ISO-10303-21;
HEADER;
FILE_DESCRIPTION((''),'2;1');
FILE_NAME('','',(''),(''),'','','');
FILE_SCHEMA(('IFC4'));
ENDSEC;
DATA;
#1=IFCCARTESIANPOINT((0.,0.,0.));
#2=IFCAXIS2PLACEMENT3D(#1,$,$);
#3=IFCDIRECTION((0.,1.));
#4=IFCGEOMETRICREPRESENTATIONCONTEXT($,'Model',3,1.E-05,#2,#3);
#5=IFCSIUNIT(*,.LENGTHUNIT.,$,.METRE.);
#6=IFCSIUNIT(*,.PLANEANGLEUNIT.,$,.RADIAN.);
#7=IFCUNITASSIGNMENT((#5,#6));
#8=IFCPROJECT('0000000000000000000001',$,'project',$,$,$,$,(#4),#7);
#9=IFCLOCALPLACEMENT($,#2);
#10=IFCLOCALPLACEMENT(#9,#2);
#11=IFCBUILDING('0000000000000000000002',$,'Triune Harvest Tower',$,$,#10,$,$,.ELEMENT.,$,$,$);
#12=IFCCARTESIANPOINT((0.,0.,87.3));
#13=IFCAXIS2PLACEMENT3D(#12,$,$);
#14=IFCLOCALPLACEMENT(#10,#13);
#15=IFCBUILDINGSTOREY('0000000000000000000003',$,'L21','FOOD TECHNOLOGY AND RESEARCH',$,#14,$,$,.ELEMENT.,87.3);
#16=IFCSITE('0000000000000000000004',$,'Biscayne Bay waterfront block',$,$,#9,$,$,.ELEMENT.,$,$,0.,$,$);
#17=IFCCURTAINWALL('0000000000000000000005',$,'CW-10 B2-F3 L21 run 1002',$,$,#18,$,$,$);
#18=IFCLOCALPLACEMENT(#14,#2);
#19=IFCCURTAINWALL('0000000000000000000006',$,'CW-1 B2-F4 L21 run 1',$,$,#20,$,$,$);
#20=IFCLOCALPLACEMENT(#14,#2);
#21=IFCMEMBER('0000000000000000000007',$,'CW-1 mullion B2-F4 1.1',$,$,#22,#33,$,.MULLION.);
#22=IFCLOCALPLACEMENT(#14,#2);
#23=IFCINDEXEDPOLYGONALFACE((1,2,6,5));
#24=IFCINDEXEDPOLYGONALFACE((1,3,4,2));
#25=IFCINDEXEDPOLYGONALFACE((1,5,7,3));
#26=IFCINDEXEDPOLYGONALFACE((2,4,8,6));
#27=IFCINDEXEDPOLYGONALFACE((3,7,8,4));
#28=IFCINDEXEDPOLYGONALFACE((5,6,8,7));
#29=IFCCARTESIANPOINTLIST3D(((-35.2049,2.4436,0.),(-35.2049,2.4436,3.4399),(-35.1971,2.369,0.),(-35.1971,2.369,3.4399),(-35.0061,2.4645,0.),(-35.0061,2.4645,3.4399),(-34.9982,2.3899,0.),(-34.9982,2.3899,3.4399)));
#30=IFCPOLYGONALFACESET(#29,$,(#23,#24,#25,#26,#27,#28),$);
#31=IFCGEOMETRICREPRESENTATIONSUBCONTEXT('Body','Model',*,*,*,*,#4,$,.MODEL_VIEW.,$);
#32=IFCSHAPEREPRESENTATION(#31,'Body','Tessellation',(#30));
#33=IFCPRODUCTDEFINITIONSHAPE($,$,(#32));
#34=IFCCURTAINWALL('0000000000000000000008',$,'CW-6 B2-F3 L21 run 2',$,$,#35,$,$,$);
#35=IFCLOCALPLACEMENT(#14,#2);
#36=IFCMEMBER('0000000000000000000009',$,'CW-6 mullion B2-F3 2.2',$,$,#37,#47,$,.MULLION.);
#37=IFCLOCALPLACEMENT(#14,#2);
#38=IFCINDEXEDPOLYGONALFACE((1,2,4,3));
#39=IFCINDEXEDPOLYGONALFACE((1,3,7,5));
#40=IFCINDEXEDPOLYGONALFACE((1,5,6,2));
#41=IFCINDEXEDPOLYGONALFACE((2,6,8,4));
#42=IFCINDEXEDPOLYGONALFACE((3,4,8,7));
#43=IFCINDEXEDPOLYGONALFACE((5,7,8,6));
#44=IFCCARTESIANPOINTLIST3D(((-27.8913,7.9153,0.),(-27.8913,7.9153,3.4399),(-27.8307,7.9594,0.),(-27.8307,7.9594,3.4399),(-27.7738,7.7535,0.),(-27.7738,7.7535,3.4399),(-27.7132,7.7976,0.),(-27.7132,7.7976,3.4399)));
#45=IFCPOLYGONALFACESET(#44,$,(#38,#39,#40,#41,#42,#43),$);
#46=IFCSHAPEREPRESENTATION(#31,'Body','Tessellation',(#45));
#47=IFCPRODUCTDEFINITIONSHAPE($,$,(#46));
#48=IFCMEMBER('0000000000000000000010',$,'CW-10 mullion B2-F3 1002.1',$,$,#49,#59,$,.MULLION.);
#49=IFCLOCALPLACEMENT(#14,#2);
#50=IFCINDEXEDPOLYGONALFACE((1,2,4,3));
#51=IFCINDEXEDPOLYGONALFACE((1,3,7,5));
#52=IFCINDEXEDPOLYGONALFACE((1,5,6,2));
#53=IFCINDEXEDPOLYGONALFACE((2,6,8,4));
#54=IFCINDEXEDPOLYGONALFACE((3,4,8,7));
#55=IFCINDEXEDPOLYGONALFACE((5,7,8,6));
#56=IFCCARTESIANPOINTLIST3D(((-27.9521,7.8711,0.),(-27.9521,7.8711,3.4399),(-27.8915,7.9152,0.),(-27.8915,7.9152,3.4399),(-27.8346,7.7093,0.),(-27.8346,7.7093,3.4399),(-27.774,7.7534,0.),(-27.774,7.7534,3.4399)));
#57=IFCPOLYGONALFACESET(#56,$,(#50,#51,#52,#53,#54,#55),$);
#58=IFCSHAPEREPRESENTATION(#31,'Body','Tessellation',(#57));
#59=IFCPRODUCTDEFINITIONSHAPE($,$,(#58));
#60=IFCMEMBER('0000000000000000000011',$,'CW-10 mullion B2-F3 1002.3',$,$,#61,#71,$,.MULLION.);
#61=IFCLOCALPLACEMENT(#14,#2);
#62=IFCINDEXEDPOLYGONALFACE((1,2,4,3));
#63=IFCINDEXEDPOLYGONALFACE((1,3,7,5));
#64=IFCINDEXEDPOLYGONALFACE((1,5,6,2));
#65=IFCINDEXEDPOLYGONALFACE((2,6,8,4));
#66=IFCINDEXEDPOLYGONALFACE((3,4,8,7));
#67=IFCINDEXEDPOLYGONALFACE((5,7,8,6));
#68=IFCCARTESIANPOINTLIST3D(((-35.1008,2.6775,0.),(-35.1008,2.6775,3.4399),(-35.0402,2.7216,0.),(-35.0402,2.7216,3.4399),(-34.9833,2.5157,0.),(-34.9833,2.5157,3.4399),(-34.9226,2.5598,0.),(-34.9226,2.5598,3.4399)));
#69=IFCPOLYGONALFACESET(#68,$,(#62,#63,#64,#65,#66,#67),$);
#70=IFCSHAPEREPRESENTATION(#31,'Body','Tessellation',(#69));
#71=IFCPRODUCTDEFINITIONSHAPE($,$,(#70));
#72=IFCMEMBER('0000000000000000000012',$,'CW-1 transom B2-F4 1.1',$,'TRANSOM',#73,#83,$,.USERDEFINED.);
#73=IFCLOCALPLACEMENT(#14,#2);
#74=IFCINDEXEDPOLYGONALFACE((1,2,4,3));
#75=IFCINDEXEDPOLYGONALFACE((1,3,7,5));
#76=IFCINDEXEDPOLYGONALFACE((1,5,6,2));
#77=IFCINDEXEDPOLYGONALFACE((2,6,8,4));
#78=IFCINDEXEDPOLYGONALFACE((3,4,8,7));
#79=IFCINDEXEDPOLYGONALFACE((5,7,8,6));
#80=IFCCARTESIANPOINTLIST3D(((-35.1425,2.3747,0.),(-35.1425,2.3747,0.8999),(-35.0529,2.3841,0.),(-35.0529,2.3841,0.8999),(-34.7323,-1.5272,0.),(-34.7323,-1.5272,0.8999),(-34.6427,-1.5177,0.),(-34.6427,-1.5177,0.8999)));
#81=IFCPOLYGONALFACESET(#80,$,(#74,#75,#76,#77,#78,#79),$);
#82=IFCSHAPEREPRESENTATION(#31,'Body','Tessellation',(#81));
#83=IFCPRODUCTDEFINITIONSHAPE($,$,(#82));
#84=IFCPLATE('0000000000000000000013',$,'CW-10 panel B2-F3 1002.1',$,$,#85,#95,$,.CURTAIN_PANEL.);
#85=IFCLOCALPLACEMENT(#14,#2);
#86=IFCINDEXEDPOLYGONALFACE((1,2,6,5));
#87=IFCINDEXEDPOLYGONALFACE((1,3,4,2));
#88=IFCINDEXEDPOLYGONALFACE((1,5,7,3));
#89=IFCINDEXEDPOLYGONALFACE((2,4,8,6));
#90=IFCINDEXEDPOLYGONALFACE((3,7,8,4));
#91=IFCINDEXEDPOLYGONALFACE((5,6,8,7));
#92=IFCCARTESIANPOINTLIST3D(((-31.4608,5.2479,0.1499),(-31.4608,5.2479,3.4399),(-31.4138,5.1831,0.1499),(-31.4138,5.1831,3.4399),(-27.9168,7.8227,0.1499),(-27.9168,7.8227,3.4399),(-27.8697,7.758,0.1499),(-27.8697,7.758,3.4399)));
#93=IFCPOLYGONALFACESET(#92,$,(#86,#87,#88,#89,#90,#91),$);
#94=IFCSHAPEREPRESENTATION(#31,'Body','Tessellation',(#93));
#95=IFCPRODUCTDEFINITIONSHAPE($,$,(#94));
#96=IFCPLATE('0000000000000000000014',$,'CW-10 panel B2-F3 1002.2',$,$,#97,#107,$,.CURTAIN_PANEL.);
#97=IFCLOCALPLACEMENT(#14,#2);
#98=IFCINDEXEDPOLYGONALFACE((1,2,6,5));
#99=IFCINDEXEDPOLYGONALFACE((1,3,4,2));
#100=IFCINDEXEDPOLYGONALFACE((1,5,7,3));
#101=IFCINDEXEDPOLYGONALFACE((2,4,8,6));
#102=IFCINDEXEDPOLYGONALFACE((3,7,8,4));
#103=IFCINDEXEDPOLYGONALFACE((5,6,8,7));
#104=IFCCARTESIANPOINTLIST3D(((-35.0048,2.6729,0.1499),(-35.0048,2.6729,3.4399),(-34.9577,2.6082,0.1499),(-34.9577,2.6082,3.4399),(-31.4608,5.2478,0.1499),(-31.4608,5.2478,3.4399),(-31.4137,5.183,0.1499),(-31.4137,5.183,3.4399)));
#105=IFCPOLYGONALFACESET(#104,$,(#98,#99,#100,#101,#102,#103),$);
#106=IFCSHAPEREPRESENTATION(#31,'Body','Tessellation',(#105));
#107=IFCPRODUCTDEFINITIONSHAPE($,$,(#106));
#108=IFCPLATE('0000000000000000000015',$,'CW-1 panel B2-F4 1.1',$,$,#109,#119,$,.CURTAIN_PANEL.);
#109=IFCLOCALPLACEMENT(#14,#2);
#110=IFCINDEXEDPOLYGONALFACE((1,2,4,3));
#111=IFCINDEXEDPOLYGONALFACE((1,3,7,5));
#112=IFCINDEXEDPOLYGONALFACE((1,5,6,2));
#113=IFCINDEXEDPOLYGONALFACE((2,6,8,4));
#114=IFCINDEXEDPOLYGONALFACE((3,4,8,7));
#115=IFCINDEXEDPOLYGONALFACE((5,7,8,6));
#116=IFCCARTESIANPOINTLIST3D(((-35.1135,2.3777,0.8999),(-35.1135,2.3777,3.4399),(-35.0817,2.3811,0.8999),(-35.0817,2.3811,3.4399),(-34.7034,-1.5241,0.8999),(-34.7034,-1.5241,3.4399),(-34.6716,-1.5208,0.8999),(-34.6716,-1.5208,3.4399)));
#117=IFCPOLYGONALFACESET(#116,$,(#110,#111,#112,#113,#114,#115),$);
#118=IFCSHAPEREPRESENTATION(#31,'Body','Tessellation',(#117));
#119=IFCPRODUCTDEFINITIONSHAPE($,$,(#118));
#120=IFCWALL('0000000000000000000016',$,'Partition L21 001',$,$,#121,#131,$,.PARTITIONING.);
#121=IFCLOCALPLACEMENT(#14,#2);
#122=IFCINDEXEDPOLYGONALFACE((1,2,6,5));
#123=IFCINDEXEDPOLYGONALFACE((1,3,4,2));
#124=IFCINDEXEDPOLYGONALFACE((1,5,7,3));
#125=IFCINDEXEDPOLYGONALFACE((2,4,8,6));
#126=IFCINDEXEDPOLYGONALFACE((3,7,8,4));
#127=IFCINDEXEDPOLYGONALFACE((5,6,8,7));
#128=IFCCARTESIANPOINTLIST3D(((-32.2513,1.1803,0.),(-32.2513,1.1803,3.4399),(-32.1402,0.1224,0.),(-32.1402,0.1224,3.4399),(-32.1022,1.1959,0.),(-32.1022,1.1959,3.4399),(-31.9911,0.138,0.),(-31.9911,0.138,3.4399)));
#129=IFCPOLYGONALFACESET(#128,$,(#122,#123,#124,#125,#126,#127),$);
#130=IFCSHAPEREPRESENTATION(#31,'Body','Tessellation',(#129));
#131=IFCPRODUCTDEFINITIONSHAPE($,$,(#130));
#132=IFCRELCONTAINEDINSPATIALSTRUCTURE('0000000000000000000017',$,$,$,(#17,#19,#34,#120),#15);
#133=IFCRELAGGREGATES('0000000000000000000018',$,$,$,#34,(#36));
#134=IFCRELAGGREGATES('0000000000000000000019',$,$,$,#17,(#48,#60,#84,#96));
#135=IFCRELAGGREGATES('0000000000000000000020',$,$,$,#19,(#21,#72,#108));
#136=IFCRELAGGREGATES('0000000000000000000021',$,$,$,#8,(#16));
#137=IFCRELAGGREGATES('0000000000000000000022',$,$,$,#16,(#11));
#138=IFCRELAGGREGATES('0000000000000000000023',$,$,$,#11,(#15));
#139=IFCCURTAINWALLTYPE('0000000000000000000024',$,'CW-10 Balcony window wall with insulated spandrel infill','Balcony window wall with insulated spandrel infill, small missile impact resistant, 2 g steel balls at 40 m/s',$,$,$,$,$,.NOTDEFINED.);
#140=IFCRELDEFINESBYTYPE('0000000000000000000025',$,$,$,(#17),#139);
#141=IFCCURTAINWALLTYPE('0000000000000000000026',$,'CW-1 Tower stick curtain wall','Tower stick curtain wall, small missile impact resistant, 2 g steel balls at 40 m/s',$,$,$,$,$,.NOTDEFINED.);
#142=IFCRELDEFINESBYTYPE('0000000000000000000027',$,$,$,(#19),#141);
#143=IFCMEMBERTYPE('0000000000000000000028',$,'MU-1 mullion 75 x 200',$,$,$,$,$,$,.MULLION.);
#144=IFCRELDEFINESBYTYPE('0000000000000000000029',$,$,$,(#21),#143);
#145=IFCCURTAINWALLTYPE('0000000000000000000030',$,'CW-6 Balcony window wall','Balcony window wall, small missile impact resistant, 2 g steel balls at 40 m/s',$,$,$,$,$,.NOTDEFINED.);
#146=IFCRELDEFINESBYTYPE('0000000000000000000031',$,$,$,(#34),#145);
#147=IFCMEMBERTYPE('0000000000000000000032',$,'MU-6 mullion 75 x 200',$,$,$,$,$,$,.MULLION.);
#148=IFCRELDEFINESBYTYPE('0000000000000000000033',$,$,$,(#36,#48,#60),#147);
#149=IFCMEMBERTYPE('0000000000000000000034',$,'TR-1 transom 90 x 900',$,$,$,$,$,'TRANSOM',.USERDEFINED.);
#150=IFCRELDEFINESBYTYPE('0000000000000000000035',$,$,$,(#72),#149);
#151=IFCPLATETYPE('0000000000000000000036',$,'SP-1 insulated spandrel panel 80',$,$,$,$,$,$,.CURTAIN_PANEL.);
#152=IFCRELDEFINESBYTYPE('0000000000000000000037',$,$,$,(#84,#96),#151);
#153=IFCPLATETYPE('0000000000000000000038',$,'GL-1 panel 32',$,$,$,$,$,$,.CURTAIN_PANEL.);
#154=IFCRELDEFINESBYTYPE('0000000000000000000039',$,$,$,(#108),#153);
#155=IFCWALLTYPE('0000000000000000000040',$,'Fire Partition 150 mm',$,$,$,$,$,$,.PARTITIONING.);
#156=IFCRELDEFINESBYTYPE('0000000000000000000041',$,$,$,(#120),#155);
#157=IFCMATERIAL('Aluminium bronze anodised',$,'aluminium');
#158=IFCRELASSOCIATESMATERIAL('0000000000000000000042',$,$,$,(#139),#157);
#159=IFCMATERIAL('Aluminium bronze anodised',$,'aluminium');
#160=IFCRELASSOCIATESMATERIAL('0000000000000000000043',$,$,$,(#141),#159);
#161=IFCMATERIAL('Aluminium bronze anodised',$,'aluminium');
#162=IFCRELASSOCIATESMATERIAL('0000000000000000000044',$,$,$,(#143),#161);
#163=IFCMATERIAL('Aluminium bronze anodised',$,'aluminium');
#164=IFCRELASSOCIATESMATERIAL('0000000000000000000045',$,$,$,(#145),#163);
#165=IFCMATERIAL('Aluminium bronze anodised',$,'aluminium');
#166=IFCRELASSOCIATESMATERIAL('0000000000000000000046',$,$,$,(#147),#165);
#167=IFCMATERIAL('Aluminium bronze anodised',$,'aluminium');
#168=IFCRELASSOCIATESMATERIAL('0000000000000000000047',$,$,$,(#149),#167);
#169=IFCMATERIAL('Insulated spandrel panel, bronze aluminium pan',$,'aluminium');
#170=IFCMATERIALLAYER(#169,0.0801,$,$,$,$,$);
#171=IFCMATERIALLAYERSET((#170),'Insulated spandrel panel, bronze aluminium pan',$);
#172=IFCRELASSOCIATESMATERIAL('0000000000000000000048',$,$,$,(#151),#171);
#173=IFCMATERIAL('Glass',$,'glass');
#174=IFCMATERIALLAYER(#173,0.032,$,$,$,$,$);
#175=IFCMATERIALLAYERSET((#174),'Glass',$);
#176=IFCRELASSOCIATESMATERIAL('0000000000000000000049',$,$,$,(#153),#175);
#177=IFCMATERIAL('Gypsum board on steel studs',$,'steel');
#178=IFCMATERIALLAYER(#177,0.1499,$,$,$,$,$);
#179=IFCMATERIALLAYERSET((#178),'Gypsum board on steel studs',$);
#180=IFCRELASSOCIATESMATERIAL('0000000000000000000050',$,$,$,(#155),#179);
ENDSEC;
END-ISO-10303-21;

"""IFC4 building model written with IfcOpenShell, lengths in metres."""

from ifc_helpers import new_model, si_unit, direction, frame, frame_2d, origin, origin_2d, place, context, subcontext, project, spatial, rectangle, extrude, source, transform, mapped, material, layer, layer_set, material_profile, profile_set, type_object, element, aggregate, save


model = new_model("IFC4")

# Units and contexts
model_context = context("Model", 3, precision=1e-05, world=origin(), true_north=direction((0.0, 1.0)))
body_context = subcontext(model_context, "Body", "Model", "MODEL_VIEW")
ifc_project = project(units=[si_unit("LENGTHUNIT", "METRE"), si_unit("PLANEANGLEUNIT", "RADIAN")], contexts=[model_context])

# Site, building, storey
site_placement = place(None, origin())
site = spatial("IfcSite", under=ifc_project, at=site_placement, Name="Biscayne Bay waterfront block", CompositionType="ELEMENT", RefElevation=0.0)
building_placement = place(site_placement, origin())
building = spatial("IfcBuilding", under=site, at=building_placement, Name="Triune Harvest Tower", CompositionType="ELEMENT")
storey_placement = place(building_placement, frame((0.0, 0.0, 87.3)))
storey = spatial("IfcBuildingStorey", under=building, at=storey_placement, Name="L21", Description="FOOD TECHNOLOGY AND RESEARCH", CompositionType="ELEMENT", Elevation=87.3)

# Curtain wall
ifc_material_1 = material(Name="Aluminium bronze anodised", Category="aluminium")
curtain_wall_type_1 = type_object("IfcCurtainWallType", Name="CW-10 Balcony window wall with insulated spandrel infill", Description="Balcony window wall with insulated spandrel infill, small missile impact resistant, 2 g steel balls at 40 m/s", PredefinedType="NOTDEFINED", material=ifc_material_1)
curtain_wall_1_placement = place(storey_placement, origin())
curtain_wall_1 = element("IfcCurtainWall", 1, at=curtain_wall_1_placement, inside=storey, type_object=curtain_wall_type_1, Name="CW-10 B2-F3 L21 run 1002")

# Curtain walls, members
ifc_material_2 = material(Name="Aluminium bronze anodised", Category="aluminium")
curtain_wall_type_2 = type_object("IfcCurtainWallType", Name="CW-1 Tower stick curtain wall", Description="Tower stick curtain wall, small missile impact resistant, 2 g steel balls at 40 m/s", PredefinedType="NOTDEFINED", material=ifc_material_2)
curtain_wall_2_placement = place(storey_placement, origin())
curtain_wall_2 = element("IfcCurtainWall", 2, at=curtain_wall_2_placement, inside=storey, type_object=curtain_wall_type_2, Name="CW-1 B2-F4 L21 run 1")
ifc_material_3 = material(Name="Aluminium bronze anodised", Category="aluminium")
ifc_material_profile_1 = material_profile(ifc_material_3, rectangle(XDim=0.2, YDim=0.075, at=origin_2d()), Name="MU-1 mullion 75 x 200")
ifc_profile_set_1 = profile_set([ifc_material_profile_1], Name="Aluminium bronze anodised")
member_type_1 = type_object("IfcMemberType", Name="MU-1 mullion 75 x 200", PredefinedType="MULLION", material=ifc_profile_set_1)
shared_shape_1 = source(origin(), body_context, "Body", "SweptSolid", [
    extrude(rectangle(XDim=0.2, YDim=0.075, at=origin_2d()), origin(), (0.0, 0.0, 1.0), 3.4399),
])
member_1_placement = place(storey_placement, frame((-35.1016, 2.4167, 0.0), z_axis=(0.0, 0.0, 1.0), x_axis=(0.994522, 0.10453, 0.0)))
member_1 = element("IfcMember", 3, at=member_1_placement, type_object=member_type_1, Name="CW-1 mullion B2-F4 1.1", PredefinedType="MULLION", context=body_context, shape_type="MappedRepresentation", body=[
    mapped(shared_shape_1, transform((0.0, 0.0, 0.0), scale=1.0)),
])
ifc_material_4 = material(Name="Aluminium bronze anodised", Category="aluminium")
curtain_wall_type_3 = type_object("IfcCurtainWallType", Name="CW-6 Balcony window wall", Description="Balcony window wall, small missile impact resistant, 2 g steel balls at 40 m/s", PredefinedType="NOTDEFINED", material=ifc_material_4)
curtain_wall_3_placement = place(storey_placement, origin())
curtain_wall_3 = element("IfcCurtainWall", 4, at=curtain_wall_3_placement, inside=storey, type_object=curtain_wall_type_3, Name="CW-6 B2-F3 L21 run 2")
ifc_material_5 = material(Name="Aluminium bronze anodised", Category="aluminium")
ifc_material_profile_2 = material_profile(ifc_material_5, rectangle(XDim=0.2, YDim=0.075, at=origin_2d()), Name="MU-6 mullion 75 x 200")
ifc_profile_set_2 = profile_set([ifc_material_profile_2], Name="Aluminium bronze anodised")
member_type_2 = type_object("IfcMemberType", Name="MU-6 mullion 75 x 200", PredefinedType="MULLION", material=ifc_profile_set_2)
shared_shape_2 = source(origin(), body_context, "Body", "SweptSolid", [
    extrude(rectangle(XDim=0.2, YDim=0.075, at=origin_2d()), origin(), (0.0, 0.0, 1.0), 3.4399),
])
member_2_placement = place(storey_placement, frame((-27.8022, 7.8564, 0.0), z_axis=(0.0, 0.0, 1.0), x_axis=(0.587793, -0.809011, 0.0)))
member_2 = element("IfcMember", 5, at=member_2_placement, type_object=member_type_2, Name="CW-6 mullion B2-F3 2.2", PredefinedType="MULLION", context=body_context, shape_type="MappedRepresentation", body=[
    mapped(shared_shape_2, transform((0.0, 0.0, 0.0), scale=1.0)),
])
aggregate(curtain_wall_3, [member_2])

# Members
member_3_placement = place(storey_placement, frame((-27.863, 7.8123, 0.0), z_axis=(0.0, 0.0, 1.0), x_axis=(0.587781, -0.80902, 0.0)))
member_3 = element("IfcMember", 6, at=member_3_placement, type_object=member_type_2, Name="CW-10 mullion B2-F3 1002.1", PredefinedType="MULLION", context=body_context, shape_type="MappedRepresentation", body=[
    mapped(shared_shape_2, transform((0.0, 0.0, 0.0), scale=1.0)),
])
member_4_placement = place(storey_placement, frame((-35.0117, 2.6187, 0.0), z_axis=(0.0, 0.0, 1.0), x_axis=(0.587781, -0.80902, 0.0)))
member_4 = element("IfcMember", 7, at=member_4_placement, type_object=member_type_2, Name="CW-10 mullion B2-F3 1002.3", PredefinedType="MULLION", context=body_context, shape_type="MappedRepresentation", body=[
    mapped(shared_shape_2, transform((0.0, 0.0, 0.0), scale=1.0)),
])
ifc_material_6 = material(Name="Aluminium bronze anodised", Category="aluminium")
ifc_material_profile_3 = material_profile(ifc_material_6, rectangle(XDim=0.0901, YDim=0.8999, at=origin_2d()), Name="TR-1 transom 90 x 900")
ifc_profile_set_3 = profile_set([ifc_material_profile_3], Name="Aluminium bronze anodised")
member_type_3 = type_object("IfcMemberType", Name="TR-1 transom 90 x 900", ElementType="TRANSOM", PredefinedType="USERDEFINED", material=ifc_profile_set_3)
shared_shape_3 = source(origin(), body_context, "Body", "SweptSolid", [
    extrude(rectangle(XDim=0.0901, YDim=0.8999, at=origin_2d()), origin(), (0.0, 0.0, 1.0), 3.9233),
])
member_5_placement = place(storey_placement, frame((-35.0977, 2.3794, 0.45), z_axis=(0.104542, -0.99452, 0.0), x_axis=(0.99452, 0.104542, 0.0)))
member_5 = element("IfcMember", 8, at=member_5_placement, type_object=member_type_3, Name="CW-1 transom B2-F4 1.1", ObjectType="TRANSOM", PredefinedType="USERDEFINED", context=body_context, shape_type="MappedRepresentation", body=[
    mapped(shared_shape_3, transform((0.0, 0.0, 0.0), scale=1.0)),
])

# Plates
ifc_material_7 = material(Name="Insulated spandrel panel, bronze aluminium pan", Category="aluminium")
ifc_layer_1 = layer(ifc_material_7, 0.0801)
ifc_layer_set_1 = layer_set([ifc_layer_1], Name="Insulated spandrel panel, bronze aluminium pan")
plate_type_1 = type_object("IfcPlateType", Name="SP-1 insulated spandrel panel 80", PredefinedType="CURTAIN_PANEL", material=ifc_layer_set_1)
shared_shape_4 = source(origin(), body_context, "Body", "SweptSolid", [
    extrude(rectangle(XDim=4.3806, YDim=0.0801, at=origin_2d()), origin(), (0.0, 0.0, 1.0), 3.29),
])
plate_1_placement = place(storey_placement, frame((-29.6653, 6.5029, 0.1499), z_axis=(0.0, 0.0, 1.0), x_axis=(-0.80902, -0.587781, 0.0)))
plate_1 = element("IfcPlate", 9, at=plate_1_placement, type_object=plate_type_1, Name="CW-10 panel B2-F3 1002.1", PredefinedType="CURTAIN_PANEL", context=body_context, shape_type="MappedRepresentation", body=[
    mapped(shared_shape_4, transform((0.0, 0.0, 0.0), scale=1.0)),
])
plate_2_placement = place(storey_placement, frame((-33.2092, 3.928, 0.1499), z_axis=(0.0, 0.0, 1.0), x_axis=(-0.80902, -0.587781, 0.0)))
plate_2 = element("IfcPlate", 10, at=plate_2_placement, type_object=plate_type_1, Name="CW-10 panel B2-F3 1002.2", PredefinedType="CURTAIN_PANEL", context=body_context, shape_type="MappedRepresentation", body=[
    mapped(shared_shape_4, transform((0.0, 0.0, 0.0), scale=1.0)),
])
aggregate(curtain_wall_1, [member_3, member_4, plate_1, plate_2])
ifc_material_8 = material(Name="Glass", Category="glass")
ifc_layer_2 = layer(ifc_material_8, 0.032)
ifc_layer_set_2 = layer_set([ifc_layer_2], Name="Glass")
plate_type_2 = type_object("IfcPlateType", Name="GL-1 panel 32", PredefinedType="CURTAIN_PANEL", material=ifc_layer_set_2)
shared_shape_5 = source(origin(), body_context, "Body", "SweptSolid", [
    extrude(rectangle(XDim=3.9233, YDim=0.032, at=origin_2d()), origin(), (0.0, 0.0, 1.0), 2.54),
])
plate_3_placement = place(storey_placement, frame((-34.8926, 0.4285, 0.8999), z_axis=(0.0, 0.0, 1.0), x_axis=(0.10453, -0.994522, 0.0)))
plate_3 = element("IfcPlate", 11, at=plate_3_placement, type_object=plate_type_2, Name="CW-1 panel B2-F4 1.1", PredefinedType="CURTAIN_PANEL", context=body_context, shape_type="MappedRepresentation", body=[
    mapped(shared_shape_5, transform((0.0, 0.0, 0.0), scale=1.0)),
])
aggregate(curtain_wall_2, [member_1, member_5, plate_3])

# Wall
ifc_material_9 = material(Name="Gypsum board on steel studs", Category="steel")
ifc_layer_3 = layer(ifc_material_9, 0.1499)
ifc_layer_set_3 = layer_set([ifc_layer_3], Name="Gypsum board on steel studs")
wall_type_1 = type_object("IfcWallType", Name="Fire Partition 150 mm", PredefinedType="PARTITIONING", material=ifc_layer_set_3)
wall_1_placement = place(storey_placement, frame((-32.1768, 1.188, 0.0), z_axis=(0.0, 0.0, 1.0), x_axis=(0.104434, -0.994532, 0.0)))
element("IfcWall", 12, at=wall_1_placement, inside=storey, type_object=wall_type_1, Name="Partition L21 001", PredefinedType="PARTITIONING", context=body_context, shape_type="SweptSolid", body=[
    extrude(rectangle(XDim=1.0637, YDim=0.1499, at=frame_2d((0.5317, 0.0))), origin(), (0.0, 0.0, 1.0), 3.4399),
])

save(model, "model.ifc")
